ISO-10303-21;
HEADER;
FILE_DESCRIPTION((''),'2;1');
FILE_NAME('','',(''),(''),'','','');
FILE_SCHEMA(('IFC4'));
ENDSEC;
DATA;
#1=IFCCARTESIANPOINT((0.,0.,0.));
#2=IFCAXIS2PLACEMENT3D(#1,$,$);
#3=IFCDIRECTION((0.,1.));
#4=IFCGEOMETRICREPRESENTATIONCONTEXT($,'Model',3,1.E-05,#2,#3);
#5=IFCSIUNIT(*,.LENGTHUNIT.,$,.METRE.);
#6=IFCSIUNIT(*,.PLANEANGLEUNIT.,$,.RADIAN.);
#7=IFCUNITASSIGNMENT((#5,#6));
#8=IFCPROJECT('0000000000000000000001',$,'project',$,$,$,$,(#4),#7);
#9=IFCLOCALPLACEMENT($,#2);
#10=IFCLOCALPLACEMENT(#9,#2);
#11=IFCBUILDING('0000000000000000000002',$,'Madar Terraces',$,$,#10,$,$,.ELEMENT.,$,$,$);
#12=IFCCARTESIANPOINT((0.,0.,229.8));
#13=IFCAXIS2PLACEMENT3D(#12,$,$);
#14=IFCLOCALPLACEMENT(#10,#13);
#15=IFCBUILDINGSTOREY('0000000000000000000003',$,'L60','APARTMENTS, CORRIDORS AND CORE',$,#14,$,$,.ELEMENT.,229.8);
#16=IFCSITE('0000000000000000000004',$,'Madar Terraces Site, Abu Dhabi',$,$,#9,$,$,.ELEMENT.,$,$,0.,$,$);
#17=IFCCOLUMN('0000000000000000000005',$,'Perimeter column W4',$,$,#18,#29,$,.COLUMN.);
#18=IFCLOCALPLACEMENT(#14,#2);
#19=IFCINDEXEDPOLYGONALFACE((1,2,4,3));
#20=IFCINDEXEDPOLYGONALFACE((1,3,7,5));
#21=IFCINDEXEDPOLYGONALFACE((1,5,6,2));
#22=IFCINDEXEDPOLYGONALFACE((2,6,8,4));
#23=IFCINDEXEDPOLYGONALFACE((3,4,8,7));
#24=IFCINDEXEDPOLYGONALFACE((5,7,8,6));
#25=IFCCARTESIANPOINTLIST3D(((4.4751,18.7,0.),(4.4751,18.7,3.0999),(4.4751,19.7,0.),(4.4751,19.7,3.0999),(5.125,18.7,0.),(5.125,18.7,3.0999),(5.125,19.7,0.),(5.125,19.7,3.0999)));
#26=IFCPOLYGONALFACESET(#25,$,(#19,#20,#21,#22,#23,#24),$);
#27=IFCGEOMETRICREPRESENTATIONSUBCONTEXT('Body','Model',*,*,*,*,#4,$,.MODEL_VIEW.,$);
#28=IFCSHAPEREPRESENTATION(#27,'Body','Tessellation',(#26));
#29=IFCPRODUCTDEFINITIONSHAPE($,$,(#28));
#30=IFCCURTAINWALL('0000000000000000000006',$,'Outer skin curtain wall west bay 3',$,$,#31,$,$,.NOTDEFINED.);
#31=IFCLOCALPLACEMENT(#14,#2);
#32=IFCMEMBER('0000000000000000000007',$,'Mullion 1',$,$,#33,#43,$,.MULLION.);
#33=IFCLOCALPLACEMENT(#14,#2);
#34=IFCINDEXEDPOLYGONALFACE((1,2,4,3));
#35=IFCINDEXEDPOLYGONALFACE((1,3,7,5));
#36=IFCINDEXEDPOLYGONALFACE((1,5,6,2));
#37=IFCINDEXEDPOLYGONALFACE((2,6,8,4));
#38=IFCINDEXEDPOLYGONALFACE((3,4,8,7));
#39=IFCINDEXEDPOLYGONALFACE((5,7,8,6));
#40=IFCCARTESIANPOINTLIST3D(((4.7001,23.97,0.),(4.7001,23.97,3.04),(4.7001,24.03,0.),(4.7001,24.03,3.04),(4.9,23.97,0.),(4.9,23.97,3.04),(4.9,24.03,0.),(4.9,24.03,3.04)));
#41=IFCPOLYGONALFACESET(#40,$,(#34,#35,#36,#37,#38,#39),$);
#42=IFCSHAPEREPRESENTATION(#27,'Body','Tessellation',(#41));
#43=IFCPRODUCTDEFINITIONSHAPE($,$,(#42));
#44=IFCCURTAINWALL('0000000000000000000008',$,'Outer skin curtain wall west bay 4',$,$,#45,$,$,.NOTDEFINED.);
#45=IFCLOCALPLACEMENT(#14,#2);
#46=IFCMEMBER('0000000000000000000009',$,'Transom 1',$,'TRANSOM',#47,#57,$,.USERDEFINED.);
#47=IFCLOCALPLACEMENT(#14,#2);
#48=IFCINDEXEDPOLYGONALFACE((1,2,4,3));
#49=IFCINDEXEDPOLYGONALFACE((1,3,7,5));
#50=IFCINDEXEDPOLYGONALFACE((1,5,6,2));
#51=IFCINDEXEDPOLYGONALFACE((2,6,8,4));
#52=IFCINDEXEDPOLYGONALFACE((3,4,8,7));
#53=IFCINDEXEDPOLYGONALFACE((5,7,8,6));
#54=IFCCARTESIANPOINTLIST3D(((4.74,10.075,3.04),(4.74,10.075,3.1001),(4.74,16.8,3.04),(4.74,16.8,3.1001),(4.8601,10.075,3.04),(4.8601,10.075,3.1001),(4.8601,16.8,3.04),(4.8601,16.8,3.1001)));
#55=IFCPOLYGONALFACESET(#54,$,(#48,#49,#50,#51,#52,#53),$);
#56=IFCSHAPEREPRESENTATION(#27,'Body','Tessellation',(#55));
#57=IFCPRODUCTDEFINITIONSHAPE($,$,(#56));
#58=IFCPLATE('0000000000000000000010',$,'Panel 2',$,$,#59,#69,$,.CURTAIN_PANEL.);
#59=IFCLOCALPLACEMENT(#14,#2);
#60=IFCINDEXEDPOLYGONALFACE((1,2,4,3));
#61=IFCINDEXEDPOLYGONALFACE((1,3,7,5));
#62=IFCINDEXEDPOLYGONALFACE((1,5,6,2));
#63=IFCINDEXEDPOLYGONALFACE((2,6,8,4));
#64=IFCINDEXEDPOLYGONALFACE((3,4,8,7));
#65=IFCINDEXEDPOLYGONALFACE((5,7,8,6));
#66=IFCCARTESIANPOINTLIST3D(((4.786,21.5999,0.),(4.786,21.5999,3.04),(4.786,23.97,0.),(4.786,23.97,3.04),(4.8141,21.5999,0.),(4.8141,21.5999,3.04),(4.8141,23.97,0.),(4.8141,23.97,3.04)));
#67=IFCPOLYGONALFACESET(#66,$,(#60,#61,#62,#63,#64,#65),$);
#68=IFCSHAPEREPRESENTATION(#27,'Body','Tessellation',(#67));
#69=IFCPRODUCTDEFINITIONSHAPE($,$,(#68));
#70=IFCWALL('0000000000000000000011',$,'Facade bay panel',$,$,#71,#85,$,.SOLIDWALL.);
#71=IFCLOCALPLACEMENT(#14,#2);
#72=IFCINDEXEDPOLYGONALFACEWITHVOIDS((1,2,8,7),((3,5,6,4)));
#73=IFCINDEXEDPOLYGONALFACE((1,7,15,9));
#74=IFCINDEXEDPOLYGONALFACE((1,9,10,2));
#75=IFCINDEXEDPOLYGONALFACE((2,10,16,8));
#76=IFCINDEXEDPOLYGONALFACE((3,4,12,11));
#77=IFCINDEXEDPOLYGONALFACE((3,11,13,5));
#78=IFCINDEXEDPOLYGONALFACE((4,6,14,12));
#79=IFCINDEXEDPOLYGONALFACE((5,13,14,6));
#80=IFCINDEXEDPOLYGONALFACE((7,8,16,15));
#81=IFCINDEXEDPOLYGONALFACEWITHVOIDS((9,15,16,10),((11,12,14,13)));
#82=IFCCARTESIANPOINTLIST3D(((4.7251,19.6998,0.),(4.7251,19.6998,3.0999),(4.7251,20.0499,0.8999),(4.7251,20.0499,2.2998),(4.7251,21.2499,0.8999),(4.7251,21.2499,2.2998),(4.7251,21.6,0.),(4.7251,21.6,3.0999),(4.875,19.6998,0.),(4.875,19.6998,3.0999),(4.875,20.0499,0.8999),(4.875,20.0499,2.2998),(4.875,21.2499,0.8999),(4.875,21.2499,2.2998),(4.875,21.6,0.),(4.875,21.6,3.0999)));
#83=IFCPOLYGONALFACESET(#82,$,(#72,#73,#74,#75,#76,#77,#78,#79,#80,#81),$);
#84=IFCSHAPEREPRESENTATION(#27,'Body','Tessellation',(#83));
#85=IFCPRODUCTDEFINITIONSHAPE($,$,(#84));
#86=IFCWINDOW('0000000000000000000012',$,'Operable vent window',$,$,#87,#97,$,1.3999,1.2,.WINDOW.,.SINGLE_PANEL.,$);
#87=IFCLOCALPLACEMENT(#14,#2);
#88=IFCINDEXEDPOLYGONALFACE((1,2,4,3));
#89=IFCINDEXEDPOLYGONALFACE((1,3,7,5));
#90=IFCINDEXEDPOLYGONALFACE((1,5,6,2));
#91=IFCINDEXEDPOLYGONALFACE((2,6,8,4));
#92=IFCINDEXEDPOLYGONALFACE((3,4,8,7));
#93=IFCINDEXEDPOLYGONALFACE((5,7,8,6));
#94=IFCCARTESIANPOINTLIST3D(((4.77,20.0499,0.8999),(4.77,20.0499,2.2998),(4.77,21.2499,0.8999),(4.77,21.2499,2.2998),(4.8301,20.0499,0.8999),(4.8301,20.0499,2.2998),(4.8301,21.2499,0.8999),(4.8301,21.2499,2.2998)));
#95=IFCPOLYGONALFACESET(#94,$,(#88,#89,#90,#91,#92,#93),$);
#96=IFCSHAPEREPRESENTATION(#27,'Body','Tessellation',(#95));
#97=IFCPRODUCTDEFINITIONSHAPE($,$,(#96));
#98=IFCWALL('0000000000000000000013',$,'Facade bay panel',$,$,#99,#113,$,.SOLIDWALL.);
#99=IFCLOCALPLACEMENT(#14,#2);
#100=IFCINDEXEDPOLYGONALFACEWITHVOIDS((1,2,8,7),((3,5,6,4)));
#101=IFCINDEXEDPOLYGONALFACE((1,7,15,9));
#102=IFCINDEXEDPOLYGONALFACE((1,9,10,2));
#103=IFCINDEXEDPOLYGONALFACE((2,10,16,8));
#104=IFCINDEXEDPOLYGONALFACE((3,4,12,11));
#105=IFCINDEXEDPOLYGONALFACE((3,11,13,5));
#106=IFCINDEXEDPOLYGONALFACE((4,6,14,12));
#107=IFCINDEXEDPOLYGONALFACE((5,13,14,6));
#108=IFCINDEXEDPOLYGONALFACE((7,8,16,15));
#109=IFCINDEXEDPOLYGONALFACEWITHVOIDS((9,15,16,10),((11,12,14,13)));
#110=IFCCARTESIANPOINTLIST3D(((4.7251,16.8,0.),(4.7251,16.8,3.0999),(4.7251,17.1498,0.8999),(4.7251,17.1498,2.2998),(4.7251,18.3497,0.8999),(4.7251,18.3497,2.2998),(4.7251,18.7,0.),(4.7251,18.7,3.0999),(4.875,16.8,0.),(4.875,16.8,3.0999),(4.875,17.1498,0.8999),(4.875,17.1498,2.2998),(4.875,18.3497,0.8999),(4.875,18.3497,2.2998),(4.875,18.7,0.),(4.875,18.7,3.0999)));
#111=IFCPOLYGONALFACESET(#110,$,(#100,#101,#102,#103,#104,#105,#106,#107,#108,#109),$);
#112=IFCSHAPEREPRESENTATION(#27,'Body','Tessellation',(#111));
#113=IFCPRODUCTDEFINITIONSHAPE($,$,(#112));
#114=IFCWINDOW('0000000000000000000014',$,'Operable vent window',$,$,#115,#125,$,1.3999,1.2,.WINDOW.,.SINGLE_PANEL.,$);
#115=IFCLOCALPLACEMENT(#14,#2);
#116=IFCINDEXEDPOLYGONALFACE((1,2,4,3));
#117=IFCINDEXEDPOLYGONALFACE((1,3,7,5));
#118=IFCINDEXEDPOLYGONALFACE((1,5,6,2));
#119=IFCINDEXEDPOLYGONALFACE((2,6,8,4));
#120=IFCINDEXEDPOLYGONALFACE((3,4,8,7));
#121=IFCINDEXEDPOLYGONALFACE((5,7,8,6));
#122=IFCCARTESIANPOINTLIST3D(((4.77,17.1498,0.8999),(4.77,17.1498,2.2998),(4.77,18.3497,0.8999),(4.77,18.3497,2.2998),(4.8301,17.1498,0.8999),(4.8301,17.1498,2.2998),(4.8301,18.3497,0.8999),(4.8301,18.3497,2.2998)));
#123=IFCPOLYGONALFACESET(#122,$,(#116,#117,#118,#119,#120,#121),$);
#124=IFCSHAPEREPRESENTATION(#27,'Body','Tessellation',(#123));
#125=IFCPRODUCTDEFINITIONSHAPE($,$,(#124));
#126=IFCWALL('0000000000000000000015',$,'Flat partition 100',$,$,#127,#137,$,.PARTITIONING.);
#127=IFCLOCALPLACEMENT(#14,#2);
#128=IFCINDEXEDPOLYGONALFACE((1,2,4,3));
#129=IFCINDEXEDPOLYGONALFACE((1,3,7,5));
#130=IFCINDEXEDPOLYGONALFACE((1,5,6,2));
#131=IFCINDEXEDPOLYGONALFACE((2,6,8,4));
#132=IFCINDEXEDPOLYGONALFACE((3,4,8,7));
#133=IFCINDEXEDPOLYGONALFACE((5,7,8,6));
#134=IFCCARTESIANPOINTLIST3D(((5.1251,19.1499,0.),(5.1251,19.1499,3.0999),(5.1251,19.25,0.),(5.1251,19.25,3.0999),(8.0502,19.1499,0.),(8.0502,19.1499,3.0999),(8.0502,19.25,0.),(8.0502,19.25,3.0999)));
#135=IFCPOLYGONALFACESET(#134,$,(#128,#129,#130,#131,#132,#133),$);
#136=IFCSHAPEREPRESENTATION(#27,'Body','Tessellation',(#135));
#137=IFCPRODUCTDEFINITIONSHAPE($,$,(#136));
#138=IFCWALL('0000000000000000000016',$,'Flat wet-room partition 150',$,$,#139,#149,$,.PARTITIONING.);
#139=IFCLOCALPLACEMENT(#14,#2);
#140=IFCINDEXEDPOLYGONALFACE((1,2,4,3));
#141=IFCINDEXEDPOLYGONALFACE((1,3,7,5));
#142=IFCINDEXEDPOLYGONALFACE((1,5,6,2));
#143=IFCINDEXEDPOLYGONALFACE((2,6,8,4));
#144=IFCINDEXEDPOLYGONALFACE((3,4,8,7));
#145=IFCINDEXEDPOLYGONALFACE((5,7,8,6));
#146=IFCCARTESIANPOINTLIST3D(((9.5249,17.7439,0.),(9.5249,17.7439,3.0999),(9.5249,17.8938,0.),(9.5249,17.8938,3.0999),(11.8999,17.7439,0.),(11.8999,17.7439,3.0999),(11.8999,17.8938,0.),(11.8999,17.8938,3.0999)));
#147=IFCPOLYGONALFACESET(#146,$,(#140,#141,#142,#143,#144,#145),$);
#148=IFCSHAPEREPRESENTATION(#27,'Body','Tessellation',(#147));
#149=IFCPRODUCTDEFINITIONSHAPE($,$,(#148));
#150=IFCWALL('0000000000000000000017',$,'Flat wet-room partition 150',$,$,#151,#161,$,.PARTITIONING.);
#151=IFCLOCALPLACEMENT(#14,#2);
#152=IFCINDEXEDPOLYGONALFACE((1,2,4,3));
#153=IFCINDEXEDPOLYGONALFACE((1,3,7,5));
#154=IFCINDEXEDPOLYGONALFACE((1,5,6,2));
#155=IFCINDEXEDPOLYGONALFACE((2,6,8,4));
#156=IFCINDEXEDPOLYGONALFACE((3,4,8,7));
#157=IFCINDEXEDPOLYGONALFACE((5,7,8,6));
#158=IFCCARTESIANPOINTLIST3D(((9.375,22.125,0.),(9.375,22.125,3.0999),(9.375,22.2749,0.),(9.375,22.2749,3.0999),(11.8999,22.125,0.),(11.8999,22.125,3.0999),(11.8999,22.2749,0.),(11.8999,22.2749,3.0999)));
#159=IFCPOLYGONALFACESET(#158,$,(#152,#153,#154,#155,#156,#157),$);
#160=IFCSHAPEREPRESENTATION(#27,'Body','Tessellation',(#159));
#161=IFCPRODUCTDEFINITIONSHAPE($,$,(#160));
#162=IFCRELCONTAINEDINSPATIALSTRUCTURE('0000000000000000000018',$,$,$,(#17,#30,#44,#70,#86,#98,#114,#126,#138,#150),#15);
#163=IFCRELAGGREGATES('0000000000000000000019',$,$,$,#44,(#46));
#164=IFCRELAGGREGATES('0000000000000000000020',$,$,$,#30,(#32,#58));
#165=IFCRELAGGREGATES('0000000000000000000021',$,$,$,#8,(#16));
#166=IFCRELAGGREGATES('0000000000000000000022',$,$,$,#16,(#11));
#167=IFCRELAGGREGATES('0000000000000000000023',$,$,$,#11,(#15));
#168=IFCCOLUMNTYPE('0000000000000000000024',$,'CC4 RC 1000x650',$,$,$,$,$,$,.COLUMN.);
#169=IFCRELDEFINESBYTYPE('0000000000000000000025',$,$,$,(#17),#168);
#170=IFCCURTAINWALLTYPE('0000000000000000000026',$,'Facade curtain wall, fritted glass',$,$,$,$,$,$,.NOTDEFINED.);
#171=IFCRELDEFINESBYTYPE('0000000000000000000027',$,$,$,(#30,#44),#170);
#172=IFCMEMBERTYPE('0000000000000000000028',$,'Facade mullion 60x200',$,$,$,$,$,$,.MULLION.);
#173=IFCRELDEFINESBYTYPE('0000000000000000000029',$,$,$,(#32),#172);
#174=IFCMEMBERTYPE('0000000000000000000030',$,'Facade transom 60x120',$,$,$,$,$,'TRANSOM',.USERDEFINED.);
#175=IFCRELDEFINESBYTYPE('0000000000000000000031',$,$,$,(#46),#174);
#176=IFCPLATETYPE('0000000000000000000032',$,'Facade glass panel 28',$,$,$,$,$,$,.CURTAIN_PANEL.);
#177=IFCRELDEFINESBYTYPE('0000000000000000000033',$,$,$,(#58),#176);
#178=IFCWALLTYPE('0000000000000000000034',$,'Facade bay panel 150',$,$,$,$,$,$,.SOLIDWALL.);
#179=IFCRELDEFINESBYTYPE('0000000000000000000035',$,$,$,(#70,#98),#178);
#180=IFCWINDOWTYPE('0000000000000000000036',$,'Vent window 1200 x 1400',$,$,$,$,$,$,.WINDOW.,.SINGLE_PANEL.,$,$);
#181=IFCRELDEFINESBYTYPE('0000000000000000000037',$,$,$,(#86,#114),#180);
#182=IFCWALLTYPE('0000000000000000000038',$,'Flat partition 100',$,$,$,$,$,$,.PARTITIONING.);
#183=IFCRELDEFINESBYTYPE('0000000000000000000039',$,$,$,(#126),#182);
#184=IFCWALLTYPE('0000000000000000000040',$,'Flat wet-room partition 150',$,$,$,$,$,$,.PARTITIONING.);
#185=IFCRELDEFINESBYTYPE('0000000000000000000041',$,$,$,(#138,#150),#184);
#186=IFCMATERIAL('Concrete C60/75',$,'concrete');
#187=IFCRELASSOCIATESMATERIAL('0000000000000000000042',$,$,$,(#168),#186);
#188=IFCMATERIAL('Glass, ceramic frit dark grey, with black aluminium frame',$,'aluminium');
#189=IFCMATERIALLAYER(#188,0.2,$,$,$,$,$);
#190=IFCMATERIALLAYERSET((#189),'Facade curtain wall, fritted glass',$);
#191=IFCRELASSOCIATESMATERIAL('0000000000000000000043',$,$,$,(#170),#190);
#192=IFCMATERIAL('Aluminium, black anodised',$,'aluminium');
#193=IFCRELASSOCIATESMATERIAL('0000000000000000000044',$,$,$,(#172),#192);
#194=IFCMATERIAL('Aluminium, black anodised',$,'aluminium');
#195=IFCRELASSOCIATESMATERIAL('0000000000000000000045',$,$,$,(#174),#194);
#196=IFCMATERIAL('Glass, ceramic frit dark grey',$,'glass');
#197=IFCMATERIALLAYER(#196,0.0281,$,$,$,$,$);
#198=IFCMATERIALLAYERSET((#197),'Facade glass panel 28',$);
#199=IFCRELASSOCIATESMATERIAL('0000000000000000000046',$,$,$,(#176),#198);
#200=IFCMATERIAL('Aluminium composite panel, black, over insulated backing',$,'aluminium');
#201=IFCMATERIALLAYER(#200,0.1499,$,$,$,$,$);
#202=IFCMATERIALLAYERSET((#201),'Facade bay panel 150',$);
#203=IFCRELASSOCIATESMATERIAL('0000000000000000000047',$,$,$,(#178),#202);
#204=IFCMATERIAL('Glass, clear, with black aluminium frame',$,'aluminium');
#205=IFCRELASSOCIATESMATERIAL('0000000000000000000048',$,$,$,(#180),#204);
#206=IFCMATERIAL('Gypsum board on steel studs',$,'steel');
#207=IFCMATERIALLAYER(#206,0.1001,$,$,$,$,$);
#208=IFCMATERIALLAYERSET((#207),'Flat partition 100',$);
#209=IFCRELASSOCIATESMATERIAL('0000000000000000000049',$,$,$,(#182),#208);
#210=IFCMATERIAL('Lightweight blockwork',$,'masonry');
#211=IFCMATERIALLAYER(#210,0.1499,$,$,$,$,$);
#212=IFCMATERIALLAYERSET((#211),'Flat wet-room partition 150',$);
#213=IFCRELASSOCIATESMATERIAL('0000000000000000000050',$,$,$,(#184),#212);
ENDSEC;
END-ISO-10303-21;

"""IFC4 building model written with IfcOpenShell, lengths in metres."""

from ifc_helpers import new_model, si_unit, direction, frame, frame_2d, origin, origin_2d, place, context, subcontext, project, spatial, rectangle, extrude, material, layer, layer_set, material_profile, profile_set, type_object, element, fill, aggregate, save


model = new_model("IFC4")

# Units and contexts
model_context = context("Model", 3, precision=1e-05, world=origin(), true_north=direction((0.0, 1.0)))
body_context = subcontext(model_context, "Body", "Model", "MODEL_VIEW")
ifc_project = project(units=[si_unit("LENGTHUNIT", "METRE"), si_unit("PLANEANGLEUNIT", "RADIAN")], contexts=[model_context])

# Site, building, storey
site_placement = place(None, origin())
site = spatial("IfcSite", under=ifc_project, at=site_placement, Name="Madar Terraces Site, Abu Dhabi", CompositionType="ELEMENT", RefElevation=0.0)
building_placement = place(site_placement, origin())
building = spatial("IfcBuilding", under=site, at=building_placement, Name="Madar Terraces", CompositionType="ELEMENT")
storey_placement = place(building_placement, frame((0.0, 0.0, 229.8)))
storey = spatial("IfcBuildingStorey", under=building, at=storey_placement, Name="L60", Description="APARTMENTS, CORRIDORS AND CORE", CompositionType="ELEMENT", Elevation=229.8)

# Column
ifc_material_1 = material(Name="Concrete C60/75", Category="concrete")
ifc_material_profile_1 = material_profile(ifc_material_1, rectangle(XDim=1.0, YDim=0.6499, at=origin_2d()), Name="CC4 RC 1000x650")
ifc_profile_set_1 = profile_set([ifc_material_profile_1], Name="Concrete C60/75")
column_type = type_object("IfcColumnType", Name="CC4 RC 1000x650", PredefinedType="COLUMN", material=ifc_profile_set_1)
column_placement = place(storey_placement, frame((4.8, 19.2, 0.0), z_axis=(0.0, 0.0, 1.0), x_axis=(0.0, 1.0, 0.0)))
element("IfcColumn", 1, at=column_placement, inside=storey, type_object=column_type, Name="Perimeter column W4", PredefinedType="COLUMN", context=body_context, shape_type="SweptSolid", body=[
    extrude(rectangle(XDim=1.0, YDim=0.6499, at=origin_2d()), origin(), (0.0, 0.0, 1.0), 3.0999),
])

# Curtain walls, members
ifc_material_2 = material(Name="Glass, ceramic frit dark grey, with black aluminium frame", Category="aluminium")
ifc_layer_1 = layer(ifc_material_2, 0.2)
ifc_layer_set_1 = layer_set([ifc_layer_1], Name="Facade curtain wall, fritted glass")
curtain_wall_type = type_object("IfcCurtainWallType", Name="Facade curtain wall, fritted glass", PredefinedType="NOTDEFINED", material=ifc_layer_set_1)
curtain_wall_1_placement = place(storey_placement, origin())
curtain_wall_1 = element("IfcCurtainWall", 2, at=curtain_wall_1_placement, inside=storey, type_object=curtain_wall_type, Name="Outer skin curtain wall west bay 3", PredefinedType="NOTDEFINED")
ifc_material_3 = material(Name="Aluminium, black anodised", Category="aluminium")
ifc_material_profile_2 = material_profile(ifc_material_3, rectangle(XDim=0.2, YDim=0.0601, at=origin_2d()), Name="Facade mullion 60x200")
ifc_profile_set_2 = profile_set([ifc_material_profile_2], Name="Aluminium, black anodised")
member_type_1 = type_object("IfcMemberType", Name="Facade mullion 60x200", PredefinedType="MULLION", material=ifc_profile_set_2)
member_1_placement = place(storey_placement, frame((4.8, 24.0, 0.0), z_axis=(0.0, 0.0, 1.0), x_axis=(1.0, 0.0, 0.0)))
member_1 = element("IfcMember", 3, at=member_1_placement, type_object=member_type_1, Name="Mullion 1", PredefinedType="MULLION", context=body_context, shape_type="SweptSolid", body=[
    extrude(rectangle(XDim=0.2, YDim=0.0601, at=origin_2d()), origin(), (0.0, 0.0, 1.0), 3.04),
])
curtain_wall_2_placement = place(storey_placement, origin())
curtain_wall_2 = element("IfcCurtainWall", 4, at=curtain_wall_2_placement, inside=storey, type_object=curtain_wall_type, Name="Outer skin curtain wall west bay 4", PredefinedType="NOTDEFINED")
ifc_material_4 = material(Name="Aluminium, black anodised", Category="aluminium")
ifc_material_profile_3 = material_profile(ifc_material_4, rectangle(XDim=0.1201, YDim=0.0601, at=origin_2d()), Name="Facade transom 60x120")
ifc_profile_set_3 = profile_set([ifc_material_profile_3], Name="Aluminium, black anodised")
member_type_2 = type_object("IfcMemberType", Name="Facade transom 60x120", ElementType="TRANSOM", PredefinedType="USERDEFINED", material=ifc_profile_set_3)
member_2_placement = place(storey_placement, frame((4.8, 16.8, 3.0701), z_axis=(0.0, -1.0, 0.0), x_axis=(1.0, 0.0, 0.0)))
member_2 = element("IfcMember", 5, at=member_2_placement, type_object=member_type_2, Name="Transom 1", ObjectType="TRANSOM", PredefinedType="USERDEFINED", context=body_context, shape_type="SweptSolid", body=[
    extrude(rectangle(XDim=0.1201, YDim=0.0601, at=origin_2d()), origin(), (0.0, 0.0, 1.0), 6.7251),
])
aggregate(curtain_wall_2, [member_2])

# Plate
ifc_material_5 = material(Name="Glass, ceramic frit dark grey", Category="glass")
ifc_layer_2 = layer(ifc_material_5, 0.0281)
ifc_layer_set_2 = layer_set([ifc_layer_2], Name="Facade glass panel 28")
plate_type = type_object("IfcPlateType", Name="Facade glass panel 28", PredefinedType="CURTAIN_PANEL", material=ifc_layer_set_2)
plate_placement = place(storey_placement, frame((4.8, 22.7849, 0.0), z_axis=(0.0, 0.0, 1.0), x_axis=(0.0, -1.0, 0.0)))
plate = element("IfcPlate", 6, at=plate_placement, type_object=plate_type, Name="Panel 2", PredefinedType="CURTAIN_PANEL", context=body_context, shape_type="SweptSolid", body=[
    extrude(rectangle(XDim=2.3701, YDim=0.0281, at=origin_2d()), origin(), (0.0, 0.0, 1.0), 3.04),
])
aggregate(curtain_wall_1, [member_1, plate])

# Walls, openings, windows
ifc_material_6 = material(Name="Aluminium composite panel, black, over insulated backing", Category="aluminium")
ifc_layer_3 = layer(ifc_material_6, 0.1499)
ifc_layer_set_3 = layer_set([ifc_layer_3], Name="Facade bay panel 150")
wall_type_1 = type_object("IfcWallType", Name="Facade bay panel 150", PredefinedType="SOLIDWALL", material=ifc_layer_set_3)
wall_1_placement = place(storey_placement, frame((4.8, 21.6001, 0.0), z_axis=(0.0, 0.0, 1.0), x_axis=(0.0, -1.0, 0.0)))
wall_1 = element("IfcWall", 7, at=wall_1_placement, inside=storey, type_object=wall_type_1, Name="Facade bay panel", PredefinedType="SOLIDWALL", context=body_context, shape_type="SweptSolid", body=[
    extrude(rectangle(XDim=1.9001, YDim=0.1499, at=frame_2d((0.9502, 0.0))), origin(), (0.0, 0.0, 1.0), 3.0999),
])
opening_1_placement = place(wall_1_placement, frame((0.3501, 0.0, 0.8999)))
opening_1 = element("IfcOpeningElement", 8, at=opening_1_placement, cuts=wall_1, PredefinedType="OPENING", context=body_context, shape_type="SweptSolid", body=[
    extrude(rectangle(XDim=1.2, YDim=1.3999, at=frame_2d((0.6001, 0.7))), frame((0.0, 0.085, 0.0), z_axis=(0.0, -1.0, 0.0), x_axis=(1.0, 0.0, 0.0)), (0.0, 0.0, 1.0), 0.1699),
])
ifc_material_7 = material(Name="Glass, clear, with black aluminium frame", Category="aluminium")
window_type = type_object("IfcWindowType", Name="Vent window 1200 x 1400", PartitioningType="SINGLE_PANEL", PredefinedType="WINDOW", material=ifc_material_7)
window_1_placement = place(opening_1_placement, origin())
window_1 = element("IfcWindow", 9, at=window_1_placement, inside=storey, type_object=window_type, Name="Operable vent window", OverallHeight=1.3999, OverallWidth=1.2, PartitioningType="SINGLE_PANEL", PredefinedType="WINDOW", context=body_context, shape_type="SweptSolid", body=[
    extrude(rectangle(XDim=1.2, YDim=1.3999, at=frame_2d((0.6001, 0.7))), frame((0.0, 0.03, 0.0), z_axis=(0.0, -1.0, 0.0), x_axis=(1.0, 0.0, 0.0)), (0.0, 0.0, 1.0), 0.0601),
])
fill(opening_1, window_1)
wall_2_placement = place(storey_placement, frame((4.8, 18.7, 0.0), z_axis=(0.0, 0.0, 1.0), x_axis=(0.0, -1.0, 0.0)))
wall_2 = element("IfcWall", 10, at=wall_2_placement, inside=storey, type_object=wall_type_1, Name="Facade bay panel", PredefinedType="SOLIDWALL", context=body_context, shape_type="SweptSolid", body=[
    extrude(rectangle(XDim=1.8999, YDim=0.1499, at=frame_2d((0.95, 0.0))), origin(), (0.0, 0.0, 1.0), 3.0999),
])
opening_2_placement = place(wall_2_placement, frame((0.3501, 0.0, 0.8999)))
opening_2 = element("IfcOpeningElement", 11, at=opening_2_placement, cuts=wall_2, PredefinedType="OPENING", context=body_context, shape_type="SweptSolid", body=[
    extrude(rectangle(XDim=1.2, YDim=1.3999, at=frame_2d((0.6001, 0.7))), frame((0.0, 0.085, 0.0), z_axis=(0.0, -1.0, 0.0), x_axis=(1.0, 0.0, 0.0)), (0.0, 0.0, 1.0), 0.1699),
])
window_2_placement = place(opening_2_placement, origin())
window_2 = element("IfcWindow", 12, at=window_2_placement, inside=storey, type_object=window_type, Name="Operable vent window", OverallHeight=1.3999, OverallWidth=1.2, PartitioningType="SINGLE_PANEL", PredefinedType="WINDOW", context=body_context, shape_type="SweptSolid", body=[
    extrude(rectangle(XDim=1.2, YDim=1.3999, at=frame_2d((0.6001, 0.7))), frame((0.0, 0.03, 0.0), z_axis=(0.0, -1.0, 0.0), x_axis=(1.0, 0.0, 0.0)), (0.0, 0.0, 1.0), 0.0601),
])
fill(opening_2, window_2)

# Walls
ifc_material_8 = material(Name="Gypsum board on steel studs", Category="steel")
ifc_layer_4 = layer(ifc_material_8, 0.1001)
ifc_layer_set_4 = layer_set([ifc_layer_4], Name="Flat partition 100")
wall_type_2 = type_object("IfcWallType", Name="Flat partition 100", PredefinedType="PARTITIONING", material=ifc_layer_set_4)
wall_3_placement = place(storey_placement, frame((8.05, 19.2, 0.0), z_axis=(0.0, 0.0, 1.0), x_axis=(-1.0, 0.0, 0.0)))
element("IfcWall", 13, at=wall_3_placement, inside=storey, type_object=wall_type_2, Name="Flat partition 100", PredefinedType="PARTITIONING", context=body_context, shape_type="SweptSolid", body=[
    extrude(rectangle(XDim=2.925, YDim=0.1001, at=frame_2d((1.4624, 0.0))), origin(), (0.0, 0.0, 1.0), 3.0999),
])
ifc_material_9 = material(Name="Lightweight blockwork", Category="masonry")
ifc_layer_5 = layer(ifc_material_9, 0.1499)
ifc_layer_set_5 = layer_set([ifc_layer_5], Name="Flat wet-room partition 150")
wall_type_3 = type_object("IfcWallType", Name="Flat wet-room partition 150", PredefinedType="PARTITIONING", material=ifc_layer_set_5)
wall_4_placement = place(storey_placement, frame((11.8999, 17.8188, 0.0), z_axis=(0.0, 0.0, 1.0), x_axis=(-1.0, 0.0, 0.0)))
element("IfcWall", 14, at=wall_4_placement, inside=storey, type_object=wall_type_3, Name="Flat wet-room partition 150", PredefinedType="PARTITIONING", context=body_context, shape_type="SweptSolid", body=[
    extrude(rectangle(XDim=2.375, YDim=0.1499, at=frame_2d((1.1875, 0.0))), origin(), (0.0, 0.0, 1.0), 3.0999),
])
wall_5_placement = place(storey_placement, frame((11.8999, 22.2, 0.0), z_axis=(0.0, 0.0, 1.0), x_axis=(-1.0, 0.0, 0.0)))
element("IfcWall", 15, at=wall_5_placement, inside=storey, type_object=wall_type_3, Name="Flat wet-room partition 150", PredefinedType="PARTITIONING", context=body_context, shape_type="SweptSolid", body=[
    extrude(rectangle(XDim=2.5249, YDim=0.1499, at=frame_2d((1.2625, 0.0))), origin(), (0.0, 0.0, 1.0), 3.0999),
])

save(model, "model.ifc")
